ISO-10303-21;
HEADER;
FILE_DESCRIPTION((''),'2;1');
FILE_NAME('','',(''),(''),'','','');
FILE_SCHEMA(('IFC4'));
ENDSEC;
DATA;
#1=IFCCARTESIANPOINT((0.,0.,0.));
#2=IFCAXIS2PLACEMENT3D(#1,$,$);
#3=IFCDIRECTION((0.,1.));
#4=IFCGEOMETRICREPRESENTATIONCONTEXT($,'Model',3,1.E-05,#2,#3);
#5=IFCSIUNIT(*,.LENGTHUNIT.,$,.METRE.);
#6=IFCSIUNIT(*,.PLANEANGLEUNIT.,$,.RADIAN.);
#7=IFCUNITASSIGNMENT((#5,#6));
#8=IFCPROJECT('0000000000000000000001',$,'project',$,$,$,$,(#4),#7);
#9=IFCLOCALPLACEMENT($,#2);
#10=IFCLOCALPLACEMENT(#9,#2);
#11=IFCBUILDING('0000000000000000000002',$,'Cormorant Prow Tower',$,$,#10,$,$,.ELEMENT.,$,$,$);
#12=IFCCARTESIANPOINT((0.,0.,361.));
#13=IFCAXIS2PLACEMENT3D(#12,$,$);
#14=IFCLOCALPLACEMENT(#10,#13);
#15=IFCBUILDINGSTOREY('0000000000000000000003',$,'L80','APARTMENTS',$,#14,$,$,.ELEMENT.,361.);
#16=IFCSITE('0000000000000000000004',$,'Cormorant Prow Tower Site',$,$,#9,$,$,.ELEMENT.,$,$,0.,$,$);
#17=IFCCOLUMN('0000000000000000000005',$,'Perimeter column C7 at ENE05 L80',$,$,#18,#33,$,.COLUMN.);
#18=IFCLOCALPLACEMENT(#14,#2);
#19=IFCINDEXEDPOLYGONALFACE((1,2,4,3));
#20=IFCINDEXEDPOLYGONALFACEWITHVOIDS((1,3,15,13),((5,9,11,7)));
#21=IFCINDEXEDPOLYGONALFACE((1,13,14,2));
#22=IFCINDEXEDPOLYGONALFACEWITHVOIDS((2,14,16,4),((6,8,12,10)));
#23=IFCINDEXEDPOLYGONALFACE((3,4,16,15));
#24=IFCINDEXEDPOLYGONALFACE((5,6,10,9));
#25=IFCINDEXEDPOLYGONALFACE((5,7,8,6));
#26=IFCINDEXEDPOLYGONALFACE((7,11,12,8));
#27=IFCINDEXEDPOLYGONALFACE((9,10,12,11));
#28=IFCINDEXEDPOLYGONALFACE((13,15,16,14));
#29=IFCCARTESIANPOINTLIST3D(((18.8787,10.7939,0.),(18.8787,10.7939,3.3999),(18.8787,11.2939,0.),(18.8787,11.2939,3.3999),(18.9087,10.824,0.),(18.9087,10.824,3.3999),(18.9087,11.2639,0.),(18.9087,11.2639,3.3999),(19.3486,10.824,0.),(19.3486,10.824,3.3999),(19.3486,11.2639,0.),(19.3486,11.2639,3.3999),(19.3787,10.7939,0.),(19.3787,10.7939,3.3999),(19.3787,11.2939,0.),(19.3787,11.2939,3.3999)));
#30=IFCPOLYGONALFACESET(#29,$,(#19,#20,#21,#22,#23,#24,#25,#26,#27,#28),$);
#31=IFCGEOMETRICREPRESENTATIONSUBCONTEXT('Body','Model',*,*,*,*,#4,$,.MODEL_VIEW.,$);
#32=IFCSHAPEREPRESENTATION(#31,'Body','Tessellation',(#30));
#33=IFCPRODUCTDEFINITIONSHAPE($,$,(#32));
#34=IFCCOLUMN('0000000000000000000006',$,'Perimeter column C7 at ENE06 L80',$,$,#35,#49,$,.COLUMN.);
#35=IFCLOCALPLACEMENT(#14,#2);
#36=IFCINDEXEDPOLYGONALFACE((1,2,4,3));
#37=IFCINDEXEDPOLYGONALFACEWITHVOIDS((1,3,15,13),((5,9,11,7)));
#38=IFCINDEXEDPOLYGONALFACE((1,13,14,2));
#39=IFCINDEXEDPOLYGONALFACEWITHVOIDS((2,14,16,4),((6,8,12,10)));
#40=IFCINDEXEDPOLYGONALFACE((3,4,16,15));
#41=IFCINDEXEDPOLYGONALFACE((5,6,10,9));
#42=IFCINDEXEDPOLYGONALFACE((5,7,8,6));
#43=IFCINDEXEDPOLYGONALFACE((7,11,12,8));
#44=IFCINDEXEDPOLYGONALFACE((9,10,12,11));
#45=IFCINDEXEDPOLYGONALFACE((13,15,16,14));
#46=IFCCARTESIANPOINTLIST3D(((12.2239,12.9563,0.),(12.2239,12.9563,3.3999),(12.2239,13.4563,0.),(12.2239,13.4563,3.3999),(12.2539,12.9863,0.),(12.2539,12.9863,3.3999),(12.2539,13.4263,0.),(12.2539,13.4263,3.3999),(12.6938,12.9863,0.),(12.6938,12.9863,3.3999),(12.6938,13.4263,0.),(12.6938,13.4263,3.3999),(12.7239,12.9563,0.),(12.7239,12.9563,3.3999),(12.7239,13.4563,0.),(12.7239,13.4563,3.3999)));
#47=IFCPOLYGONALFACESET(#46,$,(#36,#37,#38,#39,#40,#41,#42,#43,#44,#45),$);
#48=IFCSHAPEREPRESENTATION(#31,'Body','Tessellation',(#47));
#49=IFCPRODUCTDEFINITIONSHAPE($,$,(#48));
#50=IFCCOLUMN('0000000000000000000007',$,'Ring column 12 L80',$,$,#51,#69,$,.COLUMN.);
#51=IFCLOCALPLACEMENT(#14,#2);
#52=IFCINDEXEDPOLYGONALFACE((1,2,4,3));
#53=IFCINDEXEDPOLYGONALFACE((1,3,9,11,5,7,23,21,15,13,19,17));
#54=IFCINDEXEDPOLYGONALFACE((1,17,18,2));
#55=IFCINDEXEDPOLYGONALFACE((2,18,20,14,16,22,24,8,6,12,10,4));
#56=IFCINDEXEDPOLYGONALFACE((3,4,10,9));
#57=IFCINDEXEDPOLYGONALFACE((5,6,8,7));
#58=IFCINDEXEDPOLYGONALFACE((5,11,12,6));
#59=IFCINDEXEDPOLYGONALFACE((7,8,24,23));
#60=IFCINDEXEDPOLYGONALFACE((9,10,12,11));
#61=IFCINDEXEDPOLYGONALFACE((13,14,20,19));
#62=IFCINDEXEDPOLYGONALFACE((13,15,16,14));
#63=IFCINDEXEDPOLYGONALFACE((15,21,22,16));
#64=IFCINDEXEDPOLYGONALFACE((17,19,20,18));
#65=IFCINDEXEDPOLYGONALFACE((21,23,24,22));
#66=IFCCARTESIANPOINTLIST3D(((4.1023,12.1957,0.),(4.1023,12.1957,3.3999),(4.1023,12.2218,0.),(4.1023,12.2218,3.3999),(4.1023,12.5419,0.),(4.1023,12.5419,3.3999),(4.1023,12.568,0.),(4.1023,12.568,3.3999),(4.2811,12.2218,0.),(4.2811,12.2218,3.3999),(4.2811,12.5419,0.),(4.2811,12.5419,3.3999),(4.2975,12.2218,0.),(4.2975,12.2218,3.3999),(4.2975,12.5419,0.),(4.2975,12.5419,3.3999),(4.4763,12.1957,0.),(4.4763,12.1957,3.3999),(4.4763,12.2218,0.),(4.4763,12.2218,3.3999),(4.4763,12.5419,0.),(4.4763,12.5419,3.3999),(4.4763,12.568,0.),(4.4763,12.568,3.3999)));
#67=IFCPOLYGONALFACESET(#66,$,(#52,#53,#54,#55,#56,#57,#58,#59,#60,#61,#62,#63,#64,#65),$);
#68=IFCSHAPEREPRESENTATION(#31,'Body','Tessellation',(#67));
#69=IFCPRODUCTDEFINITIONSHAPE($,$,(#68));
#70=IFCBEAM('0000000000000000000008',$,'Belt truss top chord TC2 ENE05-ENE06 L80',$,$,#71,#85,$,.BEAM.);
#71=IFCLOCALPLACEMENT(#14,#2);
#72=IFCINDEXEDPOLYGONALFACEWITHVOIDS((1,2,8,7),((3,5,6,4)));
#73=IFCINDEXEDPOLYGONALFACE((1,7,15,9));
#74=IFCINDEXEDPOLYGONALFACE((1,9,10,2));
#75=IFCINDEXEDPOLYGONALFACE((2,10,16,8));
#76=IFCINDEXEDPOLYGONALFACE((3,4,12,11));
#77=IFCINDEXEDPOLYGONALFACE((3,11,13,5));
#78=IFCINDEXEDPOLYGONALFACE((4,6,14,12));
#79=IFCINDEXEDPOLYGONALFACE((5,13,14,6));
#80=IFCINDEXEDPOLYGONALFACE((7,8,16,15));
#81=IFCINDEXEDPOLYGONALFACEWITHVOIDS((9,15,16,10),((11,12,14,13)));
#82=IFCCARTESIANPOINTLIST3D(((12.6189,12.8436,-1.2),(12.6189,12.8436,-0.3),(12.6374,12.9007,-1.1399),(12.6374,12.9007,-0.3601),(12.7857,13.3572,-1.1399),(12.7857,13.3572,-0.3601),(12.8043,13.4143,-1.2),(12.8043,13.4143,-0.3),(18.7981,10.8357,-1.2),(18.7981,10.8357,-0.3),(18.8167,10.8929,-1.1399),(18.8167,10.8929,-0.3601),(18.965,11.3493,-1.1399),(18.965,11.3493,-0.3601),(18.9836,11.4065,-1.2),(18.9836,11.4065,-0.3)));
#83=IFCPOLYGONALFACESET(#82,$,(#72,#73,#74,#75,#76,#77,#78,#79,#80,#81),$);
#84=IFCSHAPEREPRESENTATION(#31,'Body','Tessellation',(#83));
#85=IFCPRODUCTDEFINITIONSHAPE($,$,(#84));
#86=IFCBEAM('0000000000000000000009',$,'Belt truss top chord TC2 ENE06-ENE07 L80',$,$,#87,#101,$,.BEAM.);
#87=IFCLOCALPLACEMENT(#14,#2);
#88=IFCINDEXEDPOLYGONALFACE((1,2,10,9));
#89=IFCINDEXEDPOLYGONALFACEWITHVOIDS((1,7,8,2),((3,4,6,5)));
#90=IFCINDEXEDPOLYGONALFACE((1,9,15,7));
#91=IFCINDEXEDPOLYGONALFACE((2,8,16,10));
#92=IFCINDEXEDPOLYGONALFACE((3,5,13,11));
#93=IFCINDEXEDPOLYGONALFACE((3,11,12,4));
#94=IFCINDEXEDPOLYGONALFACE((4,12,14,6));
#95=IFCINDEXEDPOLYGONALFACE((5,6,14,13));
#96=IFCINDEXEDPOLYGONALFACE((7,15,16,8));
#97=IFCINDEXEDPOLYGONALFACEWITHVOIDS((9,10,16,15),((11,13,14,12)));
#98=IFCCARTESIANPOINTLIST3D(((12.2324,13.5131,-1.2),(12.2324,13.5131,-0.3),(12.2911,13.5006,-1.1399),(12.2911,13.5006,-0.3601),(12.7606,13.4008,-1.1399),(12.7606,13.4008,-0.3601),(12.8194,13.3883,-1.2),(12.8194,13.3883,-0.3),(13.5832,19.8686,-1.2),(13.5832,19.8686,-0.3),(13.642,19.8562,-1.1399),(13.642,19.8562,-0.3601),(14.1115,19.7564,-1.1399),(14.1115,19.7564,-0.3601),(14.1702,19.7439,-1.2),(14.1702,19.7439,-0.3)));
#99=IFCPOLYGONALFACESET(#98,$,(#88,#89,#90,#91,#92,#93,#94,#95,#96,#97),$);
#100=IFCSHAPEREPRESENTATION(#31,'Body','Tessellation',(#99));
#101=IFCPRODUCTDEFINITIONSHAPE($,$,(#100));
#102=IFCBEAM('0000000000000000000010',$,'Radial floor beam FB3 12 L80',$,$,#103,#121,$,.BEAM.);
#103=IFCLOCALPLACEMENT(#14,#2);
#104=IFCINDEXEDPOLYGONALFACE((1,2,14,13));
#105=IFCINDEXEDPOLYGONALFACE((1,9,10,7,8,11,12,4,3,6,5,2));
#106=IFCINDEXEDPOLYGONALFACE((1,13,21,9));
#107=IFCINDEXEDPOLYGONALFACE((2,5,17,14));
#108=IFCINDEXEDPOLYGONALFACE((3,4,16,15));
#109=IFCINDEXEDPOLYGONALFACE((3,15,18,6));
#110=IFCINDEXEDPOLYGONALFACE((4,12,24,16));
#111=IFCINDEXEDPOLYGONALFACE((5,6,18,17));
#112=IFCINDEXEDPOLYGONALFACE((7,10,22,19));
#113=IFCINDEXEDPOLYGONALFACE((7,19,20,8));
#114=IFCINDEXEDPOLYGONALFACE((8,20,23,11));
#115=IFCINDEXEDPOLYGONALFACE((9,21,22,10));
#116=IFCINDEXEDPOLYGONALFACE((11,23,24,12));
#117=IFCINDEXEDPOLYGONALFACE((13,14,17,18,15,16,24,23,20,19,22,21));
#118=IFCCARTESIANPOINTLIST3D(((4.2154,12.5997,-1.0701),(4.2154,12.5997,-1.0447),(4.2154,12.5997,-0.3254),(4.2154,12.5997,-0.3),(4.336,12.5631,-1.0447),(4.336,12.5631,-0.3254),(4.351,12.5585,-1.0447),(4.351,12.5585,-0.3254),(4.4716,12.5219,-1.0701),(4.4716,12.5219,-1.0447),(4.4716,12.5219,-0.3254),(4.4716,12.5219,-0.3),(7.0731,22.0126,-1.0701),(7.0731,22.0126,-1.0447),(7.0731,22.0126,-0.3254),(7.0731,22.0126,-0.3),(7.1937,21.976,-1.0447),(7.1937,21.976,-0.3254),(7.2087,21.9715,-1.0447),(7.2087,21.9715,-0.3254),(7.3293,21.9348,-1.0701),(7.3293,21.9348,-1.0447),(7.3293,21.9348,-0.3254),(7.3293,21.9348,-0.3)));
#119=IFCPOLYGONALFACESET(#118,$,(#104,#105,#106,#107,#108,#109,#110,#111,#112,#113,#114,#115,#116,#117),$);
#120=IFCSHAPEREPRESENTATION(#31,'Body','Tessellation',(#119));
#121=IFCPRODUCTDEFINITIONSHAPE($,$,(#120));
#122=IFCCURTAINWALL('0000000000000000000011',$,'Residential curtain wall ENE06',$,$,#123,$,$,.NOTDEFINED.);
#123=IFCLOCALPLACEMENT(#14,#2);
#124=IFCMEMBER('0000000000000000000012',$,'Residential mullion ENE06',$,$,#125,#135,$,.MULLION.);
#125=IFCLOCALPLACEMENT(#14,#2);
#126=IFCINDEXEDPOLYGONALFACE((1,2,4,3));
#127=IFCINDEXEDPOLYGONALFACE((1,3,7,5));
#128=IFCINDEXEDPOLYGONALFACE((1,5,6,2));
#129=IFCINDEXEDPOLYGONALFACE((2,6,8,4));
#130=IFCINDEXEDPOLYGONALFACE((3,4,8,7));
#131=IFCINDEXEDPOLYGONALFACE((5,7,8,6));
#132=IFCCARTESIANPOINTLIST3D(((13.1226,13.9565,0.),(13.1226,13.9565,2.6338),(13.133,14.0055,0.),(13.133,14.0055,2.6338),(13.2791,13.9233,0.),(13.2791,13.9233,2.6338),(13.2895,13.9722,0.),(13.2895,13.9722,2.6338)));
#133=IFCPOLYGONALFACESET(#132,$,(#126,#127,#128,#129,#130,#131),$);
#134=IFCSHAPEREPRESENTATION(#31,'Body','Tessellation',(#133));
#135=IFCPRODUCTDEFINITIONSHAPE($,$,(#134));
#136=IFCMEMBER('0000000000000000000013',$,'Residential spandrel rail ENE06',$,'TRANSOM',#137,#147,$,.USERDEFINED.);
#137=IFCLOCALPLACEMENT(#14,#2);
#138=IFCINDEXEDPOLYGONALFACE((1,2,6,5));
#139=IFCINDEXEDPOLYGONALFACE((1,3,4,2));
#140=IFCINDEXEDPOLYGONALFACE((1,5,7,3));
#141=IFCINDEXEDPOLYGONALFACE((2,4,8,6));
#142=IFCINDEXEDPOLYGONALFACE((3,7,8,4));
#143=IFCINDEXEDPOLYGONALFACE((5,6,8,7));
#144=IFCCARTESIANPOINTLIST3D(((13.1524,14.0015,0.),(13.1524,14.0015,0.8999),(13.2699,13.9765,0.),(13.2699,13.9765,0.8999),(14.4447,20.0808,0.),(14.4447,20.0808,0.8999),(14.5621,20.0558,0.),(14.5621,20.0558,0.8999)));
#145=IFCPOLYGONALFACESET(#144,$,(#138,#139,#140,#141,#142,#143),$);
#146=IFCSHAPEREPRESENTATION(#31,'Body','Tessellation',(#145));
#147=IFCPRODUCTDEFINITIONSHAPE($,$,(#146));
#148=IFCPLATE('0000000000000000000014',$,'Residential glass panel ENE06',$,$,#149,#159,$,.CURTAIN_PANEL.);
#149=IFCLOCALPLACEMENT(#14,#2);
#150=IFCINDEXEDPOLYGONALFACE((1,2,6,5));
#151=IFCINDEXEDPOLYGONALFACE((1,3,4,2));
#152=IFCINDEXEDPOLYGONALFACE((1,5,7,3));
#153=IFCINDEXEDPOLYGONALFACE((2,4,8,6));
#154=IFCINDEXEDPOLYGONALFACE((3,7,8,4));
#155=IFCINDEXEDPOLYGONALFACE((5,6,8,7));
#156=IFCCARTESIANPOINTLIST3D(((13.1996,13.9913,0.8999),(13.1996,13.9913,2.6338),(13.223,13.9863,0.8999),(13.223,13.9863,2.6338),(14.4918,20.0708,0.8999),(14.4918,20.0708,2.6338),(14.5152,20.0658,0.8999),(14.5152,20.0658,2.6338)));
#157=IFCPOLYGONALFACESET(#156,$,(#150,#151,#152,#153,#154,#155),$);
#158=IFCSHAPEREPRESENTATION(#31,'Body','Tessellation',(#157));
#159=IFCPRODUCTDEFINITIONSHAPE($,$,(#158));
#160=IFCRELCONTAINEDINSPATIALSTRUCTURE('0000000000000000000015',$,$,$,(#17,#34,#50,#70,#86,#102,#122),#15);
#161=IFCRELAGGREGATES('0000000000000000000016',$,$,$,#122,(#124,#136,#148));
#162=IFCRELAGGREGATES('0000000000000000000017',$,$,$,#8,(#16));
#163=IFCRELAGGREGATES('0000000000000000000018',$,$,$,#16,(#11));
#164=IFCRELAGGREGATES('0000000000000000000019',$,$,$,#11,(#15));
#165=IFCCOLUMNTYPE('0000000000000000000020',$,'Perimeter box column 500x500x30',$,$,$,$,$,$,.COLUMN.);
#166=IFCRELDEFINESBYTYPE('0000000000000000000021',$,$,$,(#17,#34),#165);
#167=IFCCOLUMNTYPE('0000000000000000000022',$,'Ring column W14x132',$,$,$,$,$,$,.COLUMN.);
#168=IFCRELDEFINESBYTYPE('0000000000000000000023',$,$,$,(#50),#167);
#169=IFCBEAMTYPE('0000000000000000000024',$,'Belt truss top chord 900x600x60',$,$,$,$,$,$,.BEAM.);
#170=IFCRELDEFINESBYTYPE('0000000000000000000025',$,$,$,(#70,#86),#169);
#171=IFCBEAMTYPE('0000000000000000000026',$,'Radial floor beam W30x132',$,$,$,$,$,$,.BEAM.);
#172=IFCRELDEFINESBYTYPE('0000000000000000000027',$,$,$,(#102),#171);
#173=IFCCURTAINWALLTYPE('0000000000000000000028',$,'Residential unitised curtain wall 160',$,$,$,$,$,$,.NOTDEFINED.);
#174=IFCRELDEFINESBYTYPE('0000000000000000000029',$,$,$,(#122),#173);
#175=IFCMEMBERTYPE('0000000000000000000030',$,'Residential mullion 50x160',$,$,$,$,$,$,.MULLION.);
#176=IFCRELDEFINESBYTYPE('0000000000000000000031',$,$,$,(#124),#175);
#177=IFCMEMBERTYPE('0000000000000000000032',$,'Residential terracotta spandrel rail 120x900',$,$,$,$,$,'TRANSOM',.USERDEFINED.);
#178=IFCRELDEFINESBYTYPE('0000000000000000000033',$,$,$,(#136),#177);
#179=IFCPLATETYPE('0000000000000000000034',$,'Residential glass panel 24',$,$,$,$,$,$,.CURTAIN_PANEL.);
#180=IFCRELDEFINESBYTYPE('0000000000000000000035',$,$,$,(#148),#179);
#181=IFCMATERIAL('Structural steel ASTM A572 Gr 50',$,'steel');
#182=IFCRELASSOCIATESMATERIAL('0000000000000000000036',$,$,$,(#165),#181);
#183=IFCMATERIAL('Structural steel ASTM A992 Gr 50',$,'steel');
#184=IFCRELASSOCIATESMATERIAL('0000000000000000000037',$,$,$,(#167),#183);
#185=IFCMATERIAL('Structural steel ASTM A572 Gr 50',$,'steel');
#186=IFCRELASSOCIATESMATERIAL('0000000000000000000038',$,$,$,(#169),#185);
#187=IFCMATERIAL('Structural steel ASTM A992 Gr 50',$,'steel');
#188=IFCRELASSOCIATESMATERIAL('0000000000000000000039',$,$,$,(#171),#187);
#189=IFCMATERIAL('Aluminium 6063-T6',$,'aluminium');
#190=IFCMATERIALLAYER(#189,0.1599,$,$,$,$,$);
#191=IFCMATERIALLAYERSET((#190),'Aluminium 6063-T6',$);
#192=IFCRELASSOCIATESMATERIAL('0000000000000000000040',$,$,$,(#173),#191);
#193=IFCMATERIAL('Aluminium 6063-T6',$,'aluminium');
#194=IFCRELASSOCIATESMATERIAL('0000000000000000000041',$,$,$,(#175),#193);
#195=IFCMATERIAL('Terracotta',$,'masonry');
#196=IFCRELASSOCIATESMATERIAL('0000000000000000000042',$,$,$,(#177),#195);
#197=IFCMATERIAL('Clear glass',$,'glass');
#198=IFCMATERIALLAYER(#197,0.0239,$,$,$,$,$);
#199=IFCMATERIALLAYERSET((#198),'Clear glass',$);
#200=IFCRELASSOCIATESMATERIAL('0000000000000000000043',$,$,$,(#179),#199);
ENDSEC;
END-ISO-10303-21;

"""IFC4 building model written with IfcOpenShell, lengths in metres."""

from ifc_helpers import new_model, si_unit, direction, frame, origin, origin_2d, place, context, subcontext, project, spatial, rectangle, hollow_rectangle, i_section, extrude, material, layer, layer_set, material_profile, profile_set, type_object, element, aggregate, save


model = new_model("IFC4")

# Units and contexts
model_context = context("Model", 3, precision=1e-05, world=origin(), true_north=direction((0.0, 1.0)))
body_context = subcontext(model_context, "Body", "Model", "MODEL_VIEW")
ifc_project = project(units=[si_unit("LENGTHUNIT", "METRE"), si_unit("PLANEANGLEUNIT", "RADIAN")], contexts=[model_context])

# Site, building, storey
site_placement = place(None, origin())
site = spatial("IfcSite", under=ifc_project, at=site_placement, Name="Cormorant Prow Tower Site", CompositionType="ELEMENT", RefElevation=0.0)
building_placement = place(site_placement, origin())
building = spatial("IfcBuilding", under=site, at=building_placement, Name="Cormorant Prow Tower", CompositionType="ELEMENT")
storey_placement = place(building_placement, frame((0.0, 0.0, 361.0)))
storey = spatial("IfcBuildingStorey", under=building, at=storey_placement, Name="L80", Description="APARTMENTS", CompositionType="ELEMENT", Elevation=361.0)

# Columns
ifc_material_1 = material(Name="Structural steel ASTM A572 Gr 50", Category="steel")
ifc_material_profile_1 = material_profile(ifc_material_1, hollow_rectangle(XDim=0.5, YDim=0.5, WallThickness=0.03, at=origin_2d()), Name="Box 500x500x30")
ifc_profile_set_1 = profile_set([ifc_material_profile_1], Name="Structural steel ASTM A572 Gr 50")
column_type_1 = type_object("IfcColumnType", Name="Perimeter box column 500x500x30", PredefinedType="COLUMN", material=ifc_profile_set_1)
for number, where, z_axis, x_axis, name in (
    (1, (19.1287, 11.0439, 0.0), (0.0, 0.0, 1.0), (1.0, 0.0, 0.0), "Perimeter column C7 at ENE05 L80"),
    (2, (12.4739, 13.2063, 0.0), (0.0, 0.0, 1.0), (1.0, 0.0, 0.0), "Perimeter column C7 at ENE06 L80"),
):
    element("IfcColumn", number, at=place(storey_placement, frame(where, z_axis=z_axis, x_axis=x_axis)), inside=storey, type_object=column_type_1, Name=name, PredefinedType="COLUMN", context=body_context, shape_type="SweptSolid", body=[
        extrude(hollow_rectangle(XDim=0.5, YDim=0.5, WallThickness=0.03, at=origin_2d()), origin(), (0.0, 0.0, 1.0), 3.3999),
    ])
ifc_material_2 = material(Name="Structural steel ASTM A992 Gr 50", Category="steel")
ifc_material_profile_2 = material_profile(ifc_material_2, i_section(OverallWidth=0.374, OverallDepth=0.3723, WebThickness=0.0164, FlangeThickness=0.0261, at=origin_2d()), Name="W14x132")
ifc_profile_set_2 = profile_set([ifc_material_profile_2], Name="Structural steel ASTM A992 Gr 50")
column_type_2 = type_object("IfcColumnType", Name="Ring column W14x132", PredefinedType="COLUMN", material=ifc_profile_set_2)
column_placement = place(storey_placement, frame((4.2893, 12.3818, 0.0), z_axis=(0.0, 0.0, 1.0), x_axis=(1.0, 0.0, 0.0)))
element("IfcColumn", 3, at=column_placement, inside=storey, type_object=column_type_2, Name="Ring column 12 L80", PredefinedType="COLUMN", context=body_context, shape_type="SweptSolid", body=[
    extrude(i_section(OverallWidth=0.374, OverallDepth=0.3723, WebThickness=0.0164, FlangeThickness=0.0261, at=origin_2d()), origin(), (0.0, 0.0, 1.0), 3.3999),
])

# Beams
ifc_material_3 = material(Name="Structural steel ASTM A572 Gr 50", Category="steel")
ifc_material_profile_3 = material_profile(ifc_material_3, hollow_rectangle(XDim=0.6001, YDim=0.8999, WallThickness=0.0601, at=origin_2d()), Name="Box 900x600x60")
ifc_profile_set_3 = profile_set([ifc_material_profile_3], Name="Structural steel ASTM A572 Gr 50")
beam_type_1 = type_object("IfcBeamType", Name="Belt truss top chord 900x600x60", PredefinedType="BEAM", material=ifc_profile_set_3)
beam_1_placement = place(storey_placement, frame((18.8909, 11.1211, -0.75), z_axis=(-0.951053, 0.309027, 0.0), x_axis=(-0.309027, -0.951053, 0.0)))
element("IfcBeam", 4, at=beam_1_placement, inside=storey, type_object=beam_type_1, Name="Belt truss top chord TC2 ENE05-ENE06 L80", PredefinedType="BEAM", context=body_context, shape_type="SweptSolid", body=[
    extrude(hollow_rectangle(XDim=0.6001, YDim=0.8999, WallThickness=0.0601, at=origin_2d()), origin(), (0.0, 0.0, 1.0), 6.4973),
])
beam_2_placement = place(storey_placement, frame((12.5259, 13.4507, -0.75), z_axis=(0.207902, 0.97815, 0.0), x_axis=(-0.97815, 0.207902, 0.0)))
element("IfcBeam", 5, at=beam_2_placement, inside=storey, type_object=beam_type_1, Name="Belt truss top chord TC2 ENE06-ENE07 L80", PredefinedType="BEAM", context=body_context, shape_type="SweptSolid", body=[
    extrude(hollow_rectangle(XDim=0.6001, YDim=0.8999, WallThickness=0.0601, at=origin_2d()), origin(), (0.0, 0.0, 1.0), 6.4976),
])
ifc_material_4 = material(Name="Structural steel ASTM A992 Gr 50", Category="steel")
ifc_material_profile_4 = material_profile(ifc_material_4, i_section(OverallWidth=0.2678, OverallDepth=0.77, WebThickness=0.0156, FlangeThickness=0.0254, at=origin_2d()), Name="W30x132")
ifc_profile_set_4 = profile_set([ifc_material_profile_4], Name="Structural steel ASTM A992 Gr 50")
beam_type_2 = type_object("IfcBeamType", Name="Radial floor beam W30x132", PredefinedType="BEAM", material=ifc_profile_set_4)
beam_3_placement = place(storey_placement, frame((4.3435, 12.5608, -0.6851), z_axis=(0.2905, 0.956875, 0.0), x_axis=(-0.956875, 0.2905, 0.0)))
element("IfcBeam", 6, at=beam_3_placement, inside=storey, type_object=beam_type_2, Name="Radial floor beam FB3 12 L80", PredefinedType="BEAM", context=body_context, shape_type="SweptSolid", body=[
    extrude(i_section(OverallWidth=0.2678, OverallDepth=0.77, WebThickness=0.0156, FlangeThickness=0.0254, at=origin_2d()), origin(), (0.0, 0.0, 1.0), 9.8372),
])

# Curtain wall, members, plate
ifc_material_5 = material(Name="Aluminium 6063-T6", Category="aluminium")
ifc_layer_1 = layer(ifc_material_5, 0.1599)
ifc_layer_set_1 = layer_set([ifc_layer_1], Name="Aluminium 6063-T6")
curtain_wall_type = type_object("IfcCurtainWallType", Name="Residential unitised curtain wall 160", PredefinedType="NOTDEFINED", material=ifc_layer_set_1)
curtain_wall_placement = place(storey_placement, origin())
curtain_wall = element("IfcCurtainWall", 7, at=curtain_wall_placement, inside=storey, type_object=curtain_wall_type, Name="Residential curtain wall ENE06", PredefinedType="NOTDEFINED")
ifc_material_6 = material(Name="Aluminium 6063-T6", Category="aluminium")
ifc_material_profile_5 = material_profile(ifc_material_6, rectangle(XDim=0.1599, YDim=0.05, at=origin_2d()), Name="Residential mullion 50x160")
ifc_profile_set_5 = profile_set([ifc_material_profile_5], Name="Aluminium 6063-T6")
member_type_1 = type_object("IfcMemberType", Name="Residential mullion 50x160", PredefinedType="MULLION", material=ifc_profile_set_5)
member_1_placement = place(storey_placement, frame((13.2061, 13.9644, 0.0), z_axis=(0.0, 0.0, 1.0), x_axis=(-0.978148, 0.207912, 0.0)))
member_1 = element("IfcMember", 8, at=member_1_placement, type_object=member_type_1, Name="Residential mullion ENE06", PredefinedType="MULLION", context=body_context, shape_type="SweptSolid", body=[
    extrude(rectangle(XDim=0.1599, YDim=0.05, at=origin_2d()), origin(), (0.0, 0.0, 1.0), 2.6338),
])
ifc_material_7 = material(Name="Terracotta", Category="masonry")
ifc_material_profile_6 = material_profile(ifc_material_7, rectangle(XDim=0.1201, YDim=0.8999, at=origin_2d()), Name="Residential terracotta spandrel rail 120x900")
ifc_profile_set_6 = profile_set([ifc_material_profile_6], Name="Terracotta")
member_type_2 = type_object("IfcMemberType", Name="Residential terracotta spandrel rail 120x900", ElementType="TRANSOM", PredefinedType="USERDEFINED", material=ifc_profile_set_6)
member_2_placement = place(storey_placement, frame((13.2112, 13.989, 0.45), z_axis=(0.207917, 0.978147, 0.0), x_axis=(-0.978147, 0.207917, 0.0)))
member_2 = element("IfcMember", 9, at=member_2_placement, type_object=member_type_2, Name="Residential spandrel rail ENE06", ObjectType="TRANSOM", PredefinedType="USERDEFINED", context=body_context, shape_type="SweptSolid", body=[
    extrude(rectangle(XDim=0.1201, YDim=0.8999, at=origin_2d()), origin(), (0.0, 0.0, 1.0), 6.2151),
])
ifc_material_8 = material(Name="Clear glass", Category="glass")
ifc_layer_2 = layer(ifc_material_8, 0.0239)
ifc_layer_set_2 = layer_set([ifc_layer_2], Name="Clear glass")
plate_type = type_object("IfcPlateType", Name="Residential glass panel 24", PredefinedType="CURTAIN_PANEL", material=ifc_layer_set_2)
plate_placement = place(storey_placement, frame((13.8574, 17.0286, 0.8999), z_axis=(0.0, 0.0, 1.0), x_axis=(0.207912, 0.978148, 0.0)))
plate = element("IfcPlate", 10, at=plate_placement, type_object=plate_type, Name="Residential glass panel ENE06", PredefinedType="CURTAIN_PANEL", context=body_context, shape_type="SweptSolid", body=[
    extrude(rectangle(XDim=6.2153, YDim=0.0239, at=origin_2d()), origin(), (0.0, 0.0, 1.0), 1.7339),
])
aggregate(curtain_wall, [member_1, member_2, plate])

save(model, "model.ifc")
